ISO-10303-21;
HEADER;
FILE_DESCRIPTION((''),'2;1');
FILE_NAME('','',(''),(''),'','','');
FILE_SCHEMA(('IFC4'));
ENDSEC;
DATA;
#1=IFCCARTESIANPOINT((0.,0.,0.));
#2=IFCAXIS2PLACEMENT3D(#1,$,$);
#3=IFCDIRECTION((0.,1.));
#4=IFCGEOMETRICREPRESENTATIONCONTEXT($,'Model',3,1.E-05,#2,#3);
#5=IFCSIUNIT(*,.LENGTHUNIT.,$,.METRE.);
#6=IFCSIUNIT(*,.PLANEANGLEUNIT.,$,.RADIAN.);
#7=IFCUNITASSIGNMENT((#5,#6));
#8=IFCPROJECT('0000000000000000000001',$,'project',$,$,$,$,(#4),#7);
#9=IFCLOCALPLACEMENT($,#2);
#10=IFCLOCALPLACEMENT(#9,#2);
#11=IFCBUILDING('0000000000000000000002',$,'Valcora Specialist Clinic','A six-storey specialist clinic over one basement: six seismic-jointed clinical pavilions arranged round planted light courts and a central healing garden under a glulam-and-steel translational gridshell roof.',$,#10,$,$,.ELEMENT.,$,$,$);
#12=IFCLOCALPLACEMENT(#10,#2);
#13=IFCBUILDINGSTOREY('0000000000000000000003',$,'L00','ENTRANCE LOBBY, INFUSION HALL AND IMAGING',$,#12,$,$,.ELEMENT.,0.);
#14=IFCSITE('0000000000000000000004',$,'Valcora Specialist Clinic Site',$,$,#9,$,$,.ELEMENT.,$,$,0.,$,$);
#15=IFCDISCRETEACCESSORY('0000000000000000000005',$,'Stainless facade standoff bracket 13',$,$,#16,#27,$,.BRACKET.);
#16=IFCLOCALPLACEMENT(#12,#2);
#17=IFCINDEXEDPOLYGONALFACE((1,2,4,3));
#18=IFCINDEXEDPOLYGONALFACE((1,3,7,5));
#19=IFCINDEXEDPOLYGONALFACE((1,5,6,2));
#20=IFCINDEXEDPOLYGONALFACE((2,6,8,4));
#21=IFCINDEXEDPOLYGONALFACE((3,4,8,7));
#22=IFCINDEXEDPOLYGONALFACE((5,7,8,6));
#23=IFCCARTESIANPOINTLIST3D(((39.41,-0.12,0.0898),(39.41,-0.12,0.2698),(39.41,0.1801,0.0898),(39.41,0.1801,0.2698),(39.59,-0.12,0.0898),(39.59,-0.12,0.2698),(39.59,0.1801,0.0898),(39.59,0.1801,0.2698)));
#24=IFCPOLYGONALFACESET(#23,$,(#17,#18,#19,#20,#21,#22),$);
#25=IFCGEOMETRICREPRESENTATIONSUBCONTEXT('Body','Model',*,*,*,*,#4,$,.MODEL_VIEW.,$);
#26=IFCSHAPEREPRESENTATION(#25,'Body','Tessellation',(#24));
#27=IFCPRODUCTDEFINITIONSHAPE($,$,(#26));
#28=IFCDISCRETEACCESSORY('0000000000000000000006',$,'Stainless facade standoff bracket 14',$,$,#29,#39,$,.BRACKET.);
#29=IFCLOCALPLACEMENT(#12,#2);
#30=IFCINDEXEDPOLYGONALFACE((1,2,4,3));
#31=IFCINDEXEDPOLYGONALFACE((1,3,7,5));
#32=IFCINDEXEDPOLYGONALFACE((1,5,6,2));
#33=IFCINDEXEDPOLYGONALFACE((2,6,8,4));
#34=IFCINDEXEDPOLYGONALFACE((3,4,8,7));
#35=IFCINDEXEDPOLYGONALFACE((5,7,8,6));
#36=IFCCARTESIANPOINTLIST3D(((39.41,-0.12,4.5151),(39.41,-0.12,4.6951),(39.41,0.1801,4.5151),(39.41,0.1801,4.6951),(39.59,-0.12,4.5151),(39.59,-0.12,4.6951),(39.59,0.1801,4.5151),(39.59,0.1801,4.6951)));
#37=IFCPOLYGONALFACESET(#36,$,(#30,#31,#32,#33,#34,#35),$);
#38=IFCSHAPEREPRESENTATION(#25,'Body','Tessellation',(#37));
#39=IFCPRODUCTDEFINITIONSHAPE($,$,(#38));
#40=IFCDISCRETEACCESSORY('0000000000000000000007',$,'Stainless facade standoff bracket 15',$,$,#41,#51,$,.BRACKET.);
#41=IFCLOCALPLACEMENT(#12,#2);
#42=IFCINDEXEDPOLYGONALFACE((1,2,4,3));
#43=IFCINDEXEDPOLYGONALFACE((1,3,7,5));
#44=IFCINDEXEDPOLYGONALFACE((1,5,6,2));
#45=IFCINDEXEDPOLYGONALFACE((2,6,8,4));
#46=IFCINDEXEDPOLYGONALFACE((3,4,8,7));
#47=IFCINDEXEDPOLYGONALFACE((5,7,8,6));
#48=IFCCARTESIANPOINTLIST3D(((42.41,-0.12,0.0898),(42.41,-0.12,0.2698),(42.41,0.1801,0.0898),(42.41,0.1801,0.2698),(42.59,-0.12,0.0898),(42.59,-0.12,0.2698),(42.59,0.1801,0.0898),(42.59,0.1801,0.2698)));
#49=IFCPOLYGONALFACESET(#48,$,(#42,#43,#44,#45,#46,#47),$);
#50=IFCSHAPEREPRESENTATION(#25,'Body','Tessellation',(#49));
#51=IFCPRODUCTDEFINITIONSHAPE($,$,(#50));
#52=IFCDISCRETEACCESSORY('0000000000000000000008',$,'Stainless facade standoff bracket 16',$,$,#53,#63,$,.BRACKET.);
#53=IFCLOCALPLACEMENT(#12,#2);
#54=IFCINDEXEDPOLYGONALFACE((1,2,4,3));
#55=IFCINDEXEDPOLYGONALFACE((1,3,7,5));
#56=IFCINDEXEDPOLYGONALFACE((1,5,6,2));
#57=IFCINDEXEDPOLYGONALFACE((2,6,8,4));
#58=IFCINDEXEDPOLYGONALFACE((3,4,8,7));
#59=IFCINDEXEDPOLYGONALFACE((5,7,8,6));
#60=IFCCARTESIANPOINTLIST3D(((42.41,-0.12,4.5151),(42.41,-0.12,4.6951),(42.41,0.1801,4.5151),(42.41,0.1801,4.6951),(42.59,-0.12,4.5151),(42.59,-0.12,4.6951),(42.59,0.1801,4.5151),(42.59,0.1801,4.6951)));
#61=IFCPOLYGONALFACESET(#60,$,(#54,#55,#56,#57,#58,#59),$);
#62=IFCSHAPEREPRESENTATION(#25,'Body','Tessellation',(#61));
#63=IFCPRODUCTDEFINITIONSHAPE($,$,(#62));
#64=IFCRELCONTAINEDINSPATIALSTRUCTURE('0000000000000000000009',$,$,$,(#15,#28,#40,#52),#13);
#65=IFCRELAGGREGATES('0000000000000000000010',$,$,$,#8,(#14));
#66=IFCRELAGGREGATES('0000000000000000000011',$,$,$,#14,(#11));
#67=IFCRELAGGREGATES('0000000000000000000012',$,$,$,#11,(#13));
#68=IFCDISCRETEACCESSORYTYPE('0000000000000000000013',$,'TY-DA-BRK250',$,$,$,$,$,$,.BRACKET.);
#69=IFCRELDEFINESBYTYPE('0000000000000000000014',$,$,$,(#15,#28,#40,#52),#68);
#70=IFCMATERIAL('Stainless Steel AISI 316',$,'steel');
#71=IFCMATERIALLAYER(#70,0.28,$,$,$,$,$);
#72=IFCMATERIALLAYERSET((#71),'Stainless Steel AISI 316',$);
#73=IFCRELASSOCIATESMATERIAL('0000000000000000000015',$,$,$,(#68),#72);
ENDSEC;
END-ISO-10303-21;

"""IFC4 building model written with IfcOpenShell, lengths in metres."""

from ifc_helpers import new_model, si_unit, direction, frame, origin, origin_2d, place, context, subcontext, project, spatial, rectangle, extrude, material, layer, layer_set, type_object, element, save


model = new_model("IFC4")

# Units and contexts
model_context = context("Model", 3, precision=1e-05, world=origin(), true_north=direction((0.0, 1.0)))
body_context = subcontext(model_context, "Body", "Model", "MODEL_VIEW")
ifc_project = project(units=[si_unit("LENGTHUNIT", "METRE"), si_unit("PLANEANGLEUNIT", "RADIAN")], contexts=[model_context])

# Site, building, storey
site_placement = place(None, origin())
site = spatial("IfcSite", under=ifc_project, at=site_placement, Name="Valcora Specialist Clinic Site", CompositionType="ELEMENT", RefElevation=0.0)
building_placement = place(site_placement, origin())
building = spatial("IfcBuilding", under=site, at=building_placement, Name="Valcora Specialist Clinic", Description="A six-storey specialist clinic over one basement: six seismic-jointed clinical pavilions arranged round planted light courts and a central healing garden under a glulam-and-steel translational gridshell roof.", CompositionType="ELEMENT")
storey_placement = place(building_placement, origin())
storey = spatial("IfcBuildingStorey", under=building, at=storey_placement, Name="L00", Description="ENTRANCE LOBBY, INFUSION HALL AND IMAGING", CompositionType="ELEMENT", Elevation=0.0)

# Discrete accessories
ifc_material_1 = material(Name="Stainless Steel AISI 316", Category="steel")
ifc_layer_1 = layer(ifc_material_1, 0.28)
ifc_layer_set_1 = layer_set([ifc_layer_1], Name="Stainless Steel AISI 316")
discrete_accessory_type = type_object("IfcDiscreteAccessoryType", Name="TY-DA-BRK250", PredefinedType="BRACKET", material=ifc_layer_set_1)
for number, where, z_axis, x_axis, name in (
    (1, (39.5, 0.03, 0.0898), (0.0, 0.0, 1.0), (1.0, 0.0, 0.0), "Stainless facade standoff bracket 13"),
    (2, (39.5, 0.03, 4.5151), (0.0, 0.0, 1.0), (1.0, 0.0, 0.0), "Stainless facade standoff bracket 14"),
    (3, (42.5, 0.03, 0.0898), (0.0, 0.0, 1.0), (1.0, 0.0, 0.0), "Stainless facade standoff bracket 15"),
    (4, (42.5, 0.03, 4.5151), (0.0, 0.0, 1.0), (1.0, 0.0, 0.0), "Stainless facade standoff bracket 16"),
):
    element("IfcDiscreteAccessory", number, at=place(storey_placement, frame(where, z_axis=z_axis, x_axis=x_axis)), inside=storey, type_object=discrete_accessory_type, Name=name, PredefinedType="BRACKET", context=body_context, shape_type="SweptSolid", body=[
        extrude(rectangle(XDim=0.1799, YDim=0.3, at=origin_2d()), origin(), (0.0, 0.0, 1.0), 0.1799),
    ])

save(model, "model.ifc")
